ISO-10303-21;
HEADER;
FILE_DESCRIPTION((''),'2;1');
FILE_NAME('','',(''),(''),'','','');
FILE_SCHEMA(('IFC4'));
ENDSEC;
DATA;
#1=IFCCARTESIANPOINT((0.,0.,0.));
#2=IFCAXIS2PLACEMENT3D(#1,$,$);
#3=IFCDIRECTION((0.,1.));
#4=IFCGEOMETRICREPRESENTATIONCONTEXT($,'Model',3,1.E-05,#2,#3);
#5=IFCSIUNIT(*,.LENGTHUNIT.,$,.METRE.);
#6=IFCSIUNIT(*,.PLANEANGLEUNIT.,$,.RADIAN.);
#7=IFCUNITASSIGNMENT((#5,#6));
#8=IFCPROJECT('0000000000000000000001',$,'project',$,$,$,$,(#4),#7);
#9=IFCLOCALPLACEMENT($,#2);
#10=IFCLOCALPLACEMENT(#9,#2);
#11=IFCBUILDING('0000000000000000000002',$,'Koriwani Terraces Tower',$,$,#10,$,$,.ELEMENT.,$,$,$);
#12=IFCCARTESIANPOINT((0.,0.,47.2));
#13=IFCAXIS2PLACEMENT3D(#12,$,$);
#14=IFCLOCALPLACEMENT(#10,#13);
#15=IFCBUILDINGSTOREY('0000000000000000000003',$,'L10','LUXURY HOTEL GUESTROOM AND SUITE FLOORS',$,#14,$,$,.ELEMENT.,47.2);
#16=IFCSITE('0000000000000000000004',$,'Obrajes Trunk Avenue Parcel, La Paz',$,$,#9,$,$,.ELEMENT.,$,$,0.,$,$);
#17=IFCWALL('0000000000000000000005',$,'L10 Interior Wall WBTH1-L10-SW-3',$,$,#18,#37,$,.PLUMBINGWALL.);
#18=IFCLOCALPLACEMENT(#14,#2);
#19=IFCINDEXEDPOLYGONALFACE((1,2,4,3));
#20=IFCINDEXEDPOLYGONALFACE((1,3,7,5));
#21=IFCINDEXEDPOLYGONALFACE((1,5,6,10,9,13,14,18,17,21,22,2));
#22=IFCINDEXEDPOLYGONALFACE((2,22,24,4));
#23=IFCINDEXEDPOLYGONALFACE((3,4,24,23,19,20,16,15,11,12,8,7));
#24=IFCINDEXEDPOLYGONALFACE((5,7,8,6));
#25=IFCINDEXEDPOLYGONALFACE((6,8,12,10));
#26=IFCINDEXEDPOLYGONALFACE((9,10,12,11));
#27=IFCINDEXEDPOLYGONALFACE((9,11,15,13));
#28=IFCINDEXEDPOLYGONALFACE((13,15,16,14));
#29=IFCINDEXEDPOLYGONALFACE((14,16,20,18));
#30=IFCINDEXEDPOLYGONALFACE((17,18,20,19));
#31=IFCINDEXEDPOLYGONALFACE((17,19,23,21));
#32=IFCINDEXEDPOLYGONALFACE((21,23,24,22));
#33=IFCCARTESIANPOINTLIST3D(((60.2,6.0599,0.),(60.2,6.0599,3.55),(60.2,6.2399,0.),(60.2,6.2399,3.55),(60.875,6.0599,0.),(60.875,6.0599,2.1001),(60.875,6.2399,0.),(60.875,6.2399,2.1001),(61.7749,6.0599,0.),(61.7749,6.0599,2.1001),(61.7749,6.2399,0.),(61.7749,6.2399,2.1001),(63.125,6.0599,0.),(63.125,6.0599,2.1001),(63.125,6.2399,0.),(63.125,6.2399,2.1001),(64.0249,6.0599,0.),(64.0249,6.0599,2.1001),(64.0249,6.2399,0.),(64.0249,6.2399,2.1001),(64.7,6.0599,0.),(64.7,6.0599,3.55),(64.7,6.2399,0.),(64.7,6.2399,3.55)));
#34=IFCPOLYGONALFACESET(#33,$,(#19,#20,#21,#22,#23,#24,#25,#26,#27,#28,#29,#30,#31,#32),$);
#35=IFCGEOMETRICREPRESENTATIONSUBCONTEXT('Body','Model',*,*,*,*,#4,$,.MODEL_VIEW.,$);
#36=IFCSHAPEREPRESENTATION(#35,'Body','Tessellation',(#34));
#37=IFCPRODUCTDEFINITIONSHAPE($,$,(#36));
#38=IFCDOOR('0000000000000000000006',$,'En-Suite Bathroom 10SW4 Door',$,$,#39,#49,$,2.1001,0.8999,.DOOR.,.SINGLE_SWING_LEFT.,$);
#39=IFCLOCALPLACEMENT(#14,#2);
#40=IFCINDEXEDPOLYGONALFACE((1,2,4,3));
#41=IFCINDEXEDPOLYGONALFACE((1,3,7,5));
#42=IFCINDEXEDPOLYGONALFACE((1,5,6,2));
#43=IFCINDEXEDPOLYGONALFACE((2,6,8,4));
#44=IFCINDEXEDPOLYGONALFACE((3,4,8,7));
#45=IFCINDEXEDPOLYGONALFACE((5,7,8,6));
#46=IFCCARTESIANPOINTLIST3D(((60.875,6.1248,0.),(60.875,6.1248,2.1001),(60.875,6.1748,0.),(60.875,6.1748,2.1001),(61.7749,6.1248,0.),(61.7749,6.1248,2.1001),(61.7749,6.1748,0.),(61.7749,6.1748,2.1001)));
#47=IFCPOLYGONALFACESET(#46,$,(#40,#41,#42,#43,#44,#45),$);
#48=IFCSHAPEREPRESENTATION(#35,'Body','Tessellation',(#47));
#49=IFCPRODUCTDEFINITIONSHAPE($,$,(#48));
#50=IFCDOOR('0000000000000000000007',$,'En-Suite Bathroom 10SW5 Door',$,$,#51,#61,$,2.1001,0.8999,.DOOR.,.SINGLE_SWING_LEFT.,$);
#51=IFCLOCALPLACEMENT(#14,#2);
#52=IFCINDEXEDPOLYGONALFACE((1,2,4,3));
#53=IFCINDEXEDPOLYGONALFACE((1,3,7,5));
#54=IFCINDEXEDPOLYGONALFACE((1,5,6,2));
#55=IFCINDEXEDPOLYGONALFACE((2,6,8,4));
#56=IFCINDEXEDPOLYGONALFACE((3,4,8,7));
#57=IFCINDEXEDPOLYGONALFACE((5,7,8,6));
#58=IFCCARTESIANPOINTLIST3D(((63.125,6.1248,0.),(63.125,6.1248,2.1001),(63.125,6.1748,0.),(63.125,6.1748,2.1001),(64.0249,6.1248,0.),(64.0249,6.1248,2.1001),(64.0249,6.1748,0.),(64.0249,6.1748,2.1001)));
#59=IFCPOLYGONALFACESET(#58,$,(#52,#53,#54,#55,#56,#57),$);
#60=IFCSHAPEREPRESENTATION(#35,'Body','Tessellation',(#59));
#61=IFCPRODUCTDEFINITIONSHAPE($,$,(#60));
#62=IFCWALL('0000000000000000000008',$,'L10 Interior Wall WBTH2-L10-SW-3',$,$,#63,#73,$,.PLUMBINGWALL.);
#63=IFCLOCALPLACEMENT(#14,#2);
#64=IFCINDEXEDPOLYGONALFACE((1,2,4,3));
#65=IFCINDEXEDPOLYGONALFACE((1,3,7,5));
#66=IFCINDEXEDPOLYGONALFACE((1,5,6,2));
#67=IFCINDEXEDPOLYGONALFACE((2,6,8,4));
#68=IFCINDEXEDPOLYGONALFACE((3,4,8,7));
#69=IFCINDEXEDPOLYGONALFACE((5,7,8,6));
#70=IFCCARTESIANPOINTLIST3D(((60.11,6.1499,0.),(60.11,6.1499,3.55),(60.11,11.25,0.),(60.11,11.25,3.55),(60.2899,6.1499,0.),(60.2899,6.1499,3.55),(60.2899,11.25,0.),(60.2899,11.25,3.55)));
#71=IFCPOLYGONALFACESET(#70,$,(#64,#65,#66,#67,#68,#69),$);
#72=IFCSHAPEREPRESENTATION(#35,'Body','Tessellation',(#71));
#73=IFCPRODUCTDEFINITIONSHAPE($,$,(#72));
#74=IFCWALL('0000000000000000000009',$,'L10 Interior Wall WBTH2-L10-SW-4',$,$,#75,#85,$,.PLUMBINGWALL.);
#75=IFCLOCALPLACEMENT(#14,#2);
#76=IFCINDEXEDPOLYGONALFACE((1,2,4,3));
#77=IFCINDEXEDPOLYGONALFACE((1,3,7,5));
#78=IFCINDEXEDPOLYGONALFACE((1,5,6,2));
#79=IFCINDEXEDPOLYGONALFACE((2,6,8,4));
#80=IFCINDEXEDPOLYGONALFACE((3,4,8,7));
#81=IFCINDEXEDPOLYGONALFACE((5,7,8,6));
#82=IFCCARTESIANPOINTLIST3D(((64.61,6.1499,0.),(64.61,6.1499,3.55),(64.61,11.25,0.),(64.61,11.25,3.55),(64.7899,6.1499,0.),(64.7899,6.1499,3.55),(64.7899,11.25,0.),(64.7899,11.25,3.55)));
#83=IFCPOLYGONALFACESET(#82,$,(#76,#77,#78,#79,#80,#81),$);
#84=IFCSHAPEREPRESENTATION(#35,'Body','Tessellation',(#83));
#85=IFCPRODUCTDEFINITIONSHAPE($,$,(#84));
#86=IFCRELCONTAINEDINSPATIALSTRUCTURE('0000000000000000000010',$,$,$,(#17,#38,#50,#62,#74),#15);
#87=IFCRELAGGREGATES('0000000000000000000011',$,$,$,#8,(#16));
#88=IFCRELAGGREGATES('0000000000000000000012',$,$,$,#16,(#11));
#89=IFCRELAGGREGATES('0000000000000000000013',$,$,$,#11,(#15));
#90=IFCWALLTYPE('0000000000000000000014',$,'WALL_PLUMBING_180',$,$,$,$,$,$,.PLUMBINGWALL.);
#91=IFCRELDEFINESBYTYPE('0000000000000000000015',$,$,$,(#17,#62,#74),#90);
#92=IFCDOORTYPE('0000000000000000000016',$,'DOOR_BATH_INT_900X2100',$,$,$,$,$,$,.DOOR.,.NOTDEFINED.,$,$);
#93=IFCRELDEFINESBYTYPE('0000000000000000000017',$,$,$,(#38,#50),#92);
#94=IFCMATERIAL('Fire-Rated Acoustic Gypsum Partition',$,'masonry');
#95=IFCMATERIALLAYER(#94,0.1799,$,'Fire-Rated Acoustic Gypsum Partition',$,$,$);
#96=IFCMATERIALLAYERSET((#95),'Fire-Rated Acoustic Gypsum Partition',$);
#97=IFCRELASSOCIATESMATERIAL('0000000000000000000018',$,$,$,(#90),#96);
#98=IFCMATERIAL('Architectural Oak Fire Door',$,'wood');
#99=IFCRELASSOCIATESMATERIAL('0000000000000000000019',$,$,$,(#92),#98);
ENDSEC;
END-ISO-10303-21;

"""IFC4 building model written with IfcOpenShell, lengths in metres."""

from ifc_helpers import new_model, si_unit, direction, frame, frame_2d, origin, place, context, subcontext, project, spatial, rectangle, extrude, material, layer, layer_set, type_object, element, fill, save


model = new_model("IFC4")

# Units and contexts
model_context = context("Model", 3, precision=1e-05, world=origin(), true_north=direction((0.0, 1.0)))
body_context = subcontext(model_context, "Body", "Model", "MODEL_VIEW")
ifc_project = project(units=[si_unit("LENGTHUNIT", "METRE"), si_unit("PLANEANGLEUNIT", "RADIAN")], contexts=[model_context])

# Site, building, storey
site_placement = place(None, origin())
site = spatial("IfcSite", under=ifc_project, at=site_placement, Name="Obrajes Trunk Avenue Parcel, La Paz", CompositionType="ELEMENT", RefElevation=0.0)
building_placement = place(site_placement, origin())
building = spatial("IfcBuilding", under=site, at=building_placement, Name="Koriwani Terraces Tower", CompositionType="ELEMENT")
storey_placement = place(building_placement, frame((0.0, 0.0, 47.2)))
storey = spatial("IfcBuildingStorey", under=building, at=storey_placement, Name="L10", Description="LUXURY HOTEL GUESTROOM AND SUITE FLOORS", CompositionType="ELEMENT", Elevation=47.2)

# Wall, openings, doors
ifc_material_1 = material(Name="Fire-Rated Acoustic Gypsum Partition", Category="masonry")
ifc_layer_1 = layer(ifc_material_1, 0.1799, Name="Fire-Rated Acoustic Gypsum Partition")
ifc_layer_set_1 = layer_set([ifc_layer_1], Name="Fire-Rated Acoustic Gypsum Partition")
wall_type_1 = type_object("IfcWallType", Name="WALL_PLUMBING_180", PredefinedType="PLUMBINGWALL", material=ifc_layer_set_1)
wall_1_placement = place(storey_placement, frame((60.2, 6.1499, 0.0), z_axis=(0.0, 0.0, 1.0), x_axis=(1.0, 0.0, 0.0)))
wall_1 = element("IfcWall", 1, at=wall_1_placement, inside=storey, type_object=wall_type_1, Name="L10 Interior Wall WBTH1-L10-SW-3", PredefinedType="PLUMBINGWALL", context=body_context, shape_type="SweptSolid", body=[
    extrude(rectangle(XDim=4.5, YDim=0.1799, at=frame_2d((2.25, 0.0))), origin(), (0.0, 0.0, 1.0), 3.55),
])
opening_1_placement = place(wall_1_placement, frame((0.675, 0.0, 0.0)))
opening_1 = element("IfcOpeningElement", 2, at=opening_1_placement, cuts=wall_1, PredefinedType="OPENING", context=body_context, shape_type="SweptSolid", body=[
    extrude(rectangle(XDim=0.8999, YDim=2.1001, at=frame_2d((0.45, 1.05))), frame((0.0, 0.1001, 0.0), z_axis=(0.0, -1.0, 0.0), x_axis=(1.0, 0.0, 0.0)), (0.0, 0.0, 1.0), 0.2),
])
opening_2_placement = place(wall_1_placement, frame((2.925, 0.0, 0.0)))
opening_2 = element("IfcOpeningElement", 3, at=opening_2_placement, cuts=wall_1, PredefinedType="OPENING", context=body_context, shape_type="SweptSolid", body=[
    extrude(rectangle(XDim=0.8999, YDim=2.1001, at=frame_2d((0.45, 1.05))), frame((0.0, 0.1001, 0.0), z_axis=(0.0, -1.0, 0.0), x_axis=(1.0, 0.0, 0.0)), (0.0, 0.0, 1.0), 0.2),
])
ifc_material_2 = material(Name="Architectural Oak Fire Door", Category="wood")
door_type = type_object("IfcDoorType", Name="DOOR_BATH_INT_900X2100", OperationType="NOTDEFINED", PredefinedType="DOOR", material=ifc_material_2)
door_1_placement = place(opening_1_placement, origin())
door_1 = element("IfcDoor", 4, at=door_1_placement, inside=storey, type_object=door_type, Name="En-Suite Bathroom 10SW4 Door", OperationType="SINGLE_SWING_LEFT", OverallHeight=2.1001, OverallWidth=0.8999, PredefinedType="DOOR", context=body_context, shape_type="SweptSolid", body=[
    extrude(rectangle(XDim=0.8999, YDim=2.1001, at=frame_2d((0.45, 1.05))), frame((0.0, 0.0249, 0.0), z_axis=(0.0, -1.0, 0.0), x_axis=(1.0, 0.0, 0.0)), (0.0, 0.0, 1.0), 0.05),
])
fill(opening_1, door_1)
door_2_placement = place(opening_2_placement, origin())
door_2 = element("IfcDoor", 5, at=door_2_placement, inside=storey, type_object=door_type, Name="En-Suite Bathroom 10SW5 Door", OperationType="SINGLE_SWING_LEFT", OverallHeight=2.1001, OverallWidth=0.8999, PredefinedType="DOOR", context=body_context, shape_type="SweptSolid", body=[
    extrude(rectangle(XDim=0.8999, YDim=2.1001, at=frame_2d((0.45, 1.05))), frame((0.0, 0.0249, 0.0), z_axis=(0.0, -1.0, 0.0), x_axis=(1.0, 0.0, 0.0)), (0.0, 0.0, 1.0), 0.05),
])
fill(opening_2, door_2)

# Walls
for number, where, z_axis, x_axis, name in (
    (6, (60.2, 6.1499, 0.0), (0.0, 0.0, 1.0), (0.0, 1.0, 0.0), "L10 Interior Wall WBTH2-L10-SW-3"),
    (7, (64.7, 6.1499, 0.0), (0.0, 0.0, 1.0), (0.0, 1.0, 0.0), "L10 Interior Wall WBTH2-L10-SW-4"),
):
    element("IfcWall", number, at=place(storey_placement, frame(where, z_axis=z_axis, x_axis=x_axis)), inside=storey, type_object=wall_type_1, Name=name, PredefinedType="PLUMBINGWALL", context=body_context, shape_type="SweptSolid", body=[
        extrude(rectangle(XDim=5.1001, YDim=0.1799, at=frame_2d((2.55, 0.0))), origin(), (0.0, 0.0, 1.0), 3.55),
    ])

save(model, "model.ifc")
